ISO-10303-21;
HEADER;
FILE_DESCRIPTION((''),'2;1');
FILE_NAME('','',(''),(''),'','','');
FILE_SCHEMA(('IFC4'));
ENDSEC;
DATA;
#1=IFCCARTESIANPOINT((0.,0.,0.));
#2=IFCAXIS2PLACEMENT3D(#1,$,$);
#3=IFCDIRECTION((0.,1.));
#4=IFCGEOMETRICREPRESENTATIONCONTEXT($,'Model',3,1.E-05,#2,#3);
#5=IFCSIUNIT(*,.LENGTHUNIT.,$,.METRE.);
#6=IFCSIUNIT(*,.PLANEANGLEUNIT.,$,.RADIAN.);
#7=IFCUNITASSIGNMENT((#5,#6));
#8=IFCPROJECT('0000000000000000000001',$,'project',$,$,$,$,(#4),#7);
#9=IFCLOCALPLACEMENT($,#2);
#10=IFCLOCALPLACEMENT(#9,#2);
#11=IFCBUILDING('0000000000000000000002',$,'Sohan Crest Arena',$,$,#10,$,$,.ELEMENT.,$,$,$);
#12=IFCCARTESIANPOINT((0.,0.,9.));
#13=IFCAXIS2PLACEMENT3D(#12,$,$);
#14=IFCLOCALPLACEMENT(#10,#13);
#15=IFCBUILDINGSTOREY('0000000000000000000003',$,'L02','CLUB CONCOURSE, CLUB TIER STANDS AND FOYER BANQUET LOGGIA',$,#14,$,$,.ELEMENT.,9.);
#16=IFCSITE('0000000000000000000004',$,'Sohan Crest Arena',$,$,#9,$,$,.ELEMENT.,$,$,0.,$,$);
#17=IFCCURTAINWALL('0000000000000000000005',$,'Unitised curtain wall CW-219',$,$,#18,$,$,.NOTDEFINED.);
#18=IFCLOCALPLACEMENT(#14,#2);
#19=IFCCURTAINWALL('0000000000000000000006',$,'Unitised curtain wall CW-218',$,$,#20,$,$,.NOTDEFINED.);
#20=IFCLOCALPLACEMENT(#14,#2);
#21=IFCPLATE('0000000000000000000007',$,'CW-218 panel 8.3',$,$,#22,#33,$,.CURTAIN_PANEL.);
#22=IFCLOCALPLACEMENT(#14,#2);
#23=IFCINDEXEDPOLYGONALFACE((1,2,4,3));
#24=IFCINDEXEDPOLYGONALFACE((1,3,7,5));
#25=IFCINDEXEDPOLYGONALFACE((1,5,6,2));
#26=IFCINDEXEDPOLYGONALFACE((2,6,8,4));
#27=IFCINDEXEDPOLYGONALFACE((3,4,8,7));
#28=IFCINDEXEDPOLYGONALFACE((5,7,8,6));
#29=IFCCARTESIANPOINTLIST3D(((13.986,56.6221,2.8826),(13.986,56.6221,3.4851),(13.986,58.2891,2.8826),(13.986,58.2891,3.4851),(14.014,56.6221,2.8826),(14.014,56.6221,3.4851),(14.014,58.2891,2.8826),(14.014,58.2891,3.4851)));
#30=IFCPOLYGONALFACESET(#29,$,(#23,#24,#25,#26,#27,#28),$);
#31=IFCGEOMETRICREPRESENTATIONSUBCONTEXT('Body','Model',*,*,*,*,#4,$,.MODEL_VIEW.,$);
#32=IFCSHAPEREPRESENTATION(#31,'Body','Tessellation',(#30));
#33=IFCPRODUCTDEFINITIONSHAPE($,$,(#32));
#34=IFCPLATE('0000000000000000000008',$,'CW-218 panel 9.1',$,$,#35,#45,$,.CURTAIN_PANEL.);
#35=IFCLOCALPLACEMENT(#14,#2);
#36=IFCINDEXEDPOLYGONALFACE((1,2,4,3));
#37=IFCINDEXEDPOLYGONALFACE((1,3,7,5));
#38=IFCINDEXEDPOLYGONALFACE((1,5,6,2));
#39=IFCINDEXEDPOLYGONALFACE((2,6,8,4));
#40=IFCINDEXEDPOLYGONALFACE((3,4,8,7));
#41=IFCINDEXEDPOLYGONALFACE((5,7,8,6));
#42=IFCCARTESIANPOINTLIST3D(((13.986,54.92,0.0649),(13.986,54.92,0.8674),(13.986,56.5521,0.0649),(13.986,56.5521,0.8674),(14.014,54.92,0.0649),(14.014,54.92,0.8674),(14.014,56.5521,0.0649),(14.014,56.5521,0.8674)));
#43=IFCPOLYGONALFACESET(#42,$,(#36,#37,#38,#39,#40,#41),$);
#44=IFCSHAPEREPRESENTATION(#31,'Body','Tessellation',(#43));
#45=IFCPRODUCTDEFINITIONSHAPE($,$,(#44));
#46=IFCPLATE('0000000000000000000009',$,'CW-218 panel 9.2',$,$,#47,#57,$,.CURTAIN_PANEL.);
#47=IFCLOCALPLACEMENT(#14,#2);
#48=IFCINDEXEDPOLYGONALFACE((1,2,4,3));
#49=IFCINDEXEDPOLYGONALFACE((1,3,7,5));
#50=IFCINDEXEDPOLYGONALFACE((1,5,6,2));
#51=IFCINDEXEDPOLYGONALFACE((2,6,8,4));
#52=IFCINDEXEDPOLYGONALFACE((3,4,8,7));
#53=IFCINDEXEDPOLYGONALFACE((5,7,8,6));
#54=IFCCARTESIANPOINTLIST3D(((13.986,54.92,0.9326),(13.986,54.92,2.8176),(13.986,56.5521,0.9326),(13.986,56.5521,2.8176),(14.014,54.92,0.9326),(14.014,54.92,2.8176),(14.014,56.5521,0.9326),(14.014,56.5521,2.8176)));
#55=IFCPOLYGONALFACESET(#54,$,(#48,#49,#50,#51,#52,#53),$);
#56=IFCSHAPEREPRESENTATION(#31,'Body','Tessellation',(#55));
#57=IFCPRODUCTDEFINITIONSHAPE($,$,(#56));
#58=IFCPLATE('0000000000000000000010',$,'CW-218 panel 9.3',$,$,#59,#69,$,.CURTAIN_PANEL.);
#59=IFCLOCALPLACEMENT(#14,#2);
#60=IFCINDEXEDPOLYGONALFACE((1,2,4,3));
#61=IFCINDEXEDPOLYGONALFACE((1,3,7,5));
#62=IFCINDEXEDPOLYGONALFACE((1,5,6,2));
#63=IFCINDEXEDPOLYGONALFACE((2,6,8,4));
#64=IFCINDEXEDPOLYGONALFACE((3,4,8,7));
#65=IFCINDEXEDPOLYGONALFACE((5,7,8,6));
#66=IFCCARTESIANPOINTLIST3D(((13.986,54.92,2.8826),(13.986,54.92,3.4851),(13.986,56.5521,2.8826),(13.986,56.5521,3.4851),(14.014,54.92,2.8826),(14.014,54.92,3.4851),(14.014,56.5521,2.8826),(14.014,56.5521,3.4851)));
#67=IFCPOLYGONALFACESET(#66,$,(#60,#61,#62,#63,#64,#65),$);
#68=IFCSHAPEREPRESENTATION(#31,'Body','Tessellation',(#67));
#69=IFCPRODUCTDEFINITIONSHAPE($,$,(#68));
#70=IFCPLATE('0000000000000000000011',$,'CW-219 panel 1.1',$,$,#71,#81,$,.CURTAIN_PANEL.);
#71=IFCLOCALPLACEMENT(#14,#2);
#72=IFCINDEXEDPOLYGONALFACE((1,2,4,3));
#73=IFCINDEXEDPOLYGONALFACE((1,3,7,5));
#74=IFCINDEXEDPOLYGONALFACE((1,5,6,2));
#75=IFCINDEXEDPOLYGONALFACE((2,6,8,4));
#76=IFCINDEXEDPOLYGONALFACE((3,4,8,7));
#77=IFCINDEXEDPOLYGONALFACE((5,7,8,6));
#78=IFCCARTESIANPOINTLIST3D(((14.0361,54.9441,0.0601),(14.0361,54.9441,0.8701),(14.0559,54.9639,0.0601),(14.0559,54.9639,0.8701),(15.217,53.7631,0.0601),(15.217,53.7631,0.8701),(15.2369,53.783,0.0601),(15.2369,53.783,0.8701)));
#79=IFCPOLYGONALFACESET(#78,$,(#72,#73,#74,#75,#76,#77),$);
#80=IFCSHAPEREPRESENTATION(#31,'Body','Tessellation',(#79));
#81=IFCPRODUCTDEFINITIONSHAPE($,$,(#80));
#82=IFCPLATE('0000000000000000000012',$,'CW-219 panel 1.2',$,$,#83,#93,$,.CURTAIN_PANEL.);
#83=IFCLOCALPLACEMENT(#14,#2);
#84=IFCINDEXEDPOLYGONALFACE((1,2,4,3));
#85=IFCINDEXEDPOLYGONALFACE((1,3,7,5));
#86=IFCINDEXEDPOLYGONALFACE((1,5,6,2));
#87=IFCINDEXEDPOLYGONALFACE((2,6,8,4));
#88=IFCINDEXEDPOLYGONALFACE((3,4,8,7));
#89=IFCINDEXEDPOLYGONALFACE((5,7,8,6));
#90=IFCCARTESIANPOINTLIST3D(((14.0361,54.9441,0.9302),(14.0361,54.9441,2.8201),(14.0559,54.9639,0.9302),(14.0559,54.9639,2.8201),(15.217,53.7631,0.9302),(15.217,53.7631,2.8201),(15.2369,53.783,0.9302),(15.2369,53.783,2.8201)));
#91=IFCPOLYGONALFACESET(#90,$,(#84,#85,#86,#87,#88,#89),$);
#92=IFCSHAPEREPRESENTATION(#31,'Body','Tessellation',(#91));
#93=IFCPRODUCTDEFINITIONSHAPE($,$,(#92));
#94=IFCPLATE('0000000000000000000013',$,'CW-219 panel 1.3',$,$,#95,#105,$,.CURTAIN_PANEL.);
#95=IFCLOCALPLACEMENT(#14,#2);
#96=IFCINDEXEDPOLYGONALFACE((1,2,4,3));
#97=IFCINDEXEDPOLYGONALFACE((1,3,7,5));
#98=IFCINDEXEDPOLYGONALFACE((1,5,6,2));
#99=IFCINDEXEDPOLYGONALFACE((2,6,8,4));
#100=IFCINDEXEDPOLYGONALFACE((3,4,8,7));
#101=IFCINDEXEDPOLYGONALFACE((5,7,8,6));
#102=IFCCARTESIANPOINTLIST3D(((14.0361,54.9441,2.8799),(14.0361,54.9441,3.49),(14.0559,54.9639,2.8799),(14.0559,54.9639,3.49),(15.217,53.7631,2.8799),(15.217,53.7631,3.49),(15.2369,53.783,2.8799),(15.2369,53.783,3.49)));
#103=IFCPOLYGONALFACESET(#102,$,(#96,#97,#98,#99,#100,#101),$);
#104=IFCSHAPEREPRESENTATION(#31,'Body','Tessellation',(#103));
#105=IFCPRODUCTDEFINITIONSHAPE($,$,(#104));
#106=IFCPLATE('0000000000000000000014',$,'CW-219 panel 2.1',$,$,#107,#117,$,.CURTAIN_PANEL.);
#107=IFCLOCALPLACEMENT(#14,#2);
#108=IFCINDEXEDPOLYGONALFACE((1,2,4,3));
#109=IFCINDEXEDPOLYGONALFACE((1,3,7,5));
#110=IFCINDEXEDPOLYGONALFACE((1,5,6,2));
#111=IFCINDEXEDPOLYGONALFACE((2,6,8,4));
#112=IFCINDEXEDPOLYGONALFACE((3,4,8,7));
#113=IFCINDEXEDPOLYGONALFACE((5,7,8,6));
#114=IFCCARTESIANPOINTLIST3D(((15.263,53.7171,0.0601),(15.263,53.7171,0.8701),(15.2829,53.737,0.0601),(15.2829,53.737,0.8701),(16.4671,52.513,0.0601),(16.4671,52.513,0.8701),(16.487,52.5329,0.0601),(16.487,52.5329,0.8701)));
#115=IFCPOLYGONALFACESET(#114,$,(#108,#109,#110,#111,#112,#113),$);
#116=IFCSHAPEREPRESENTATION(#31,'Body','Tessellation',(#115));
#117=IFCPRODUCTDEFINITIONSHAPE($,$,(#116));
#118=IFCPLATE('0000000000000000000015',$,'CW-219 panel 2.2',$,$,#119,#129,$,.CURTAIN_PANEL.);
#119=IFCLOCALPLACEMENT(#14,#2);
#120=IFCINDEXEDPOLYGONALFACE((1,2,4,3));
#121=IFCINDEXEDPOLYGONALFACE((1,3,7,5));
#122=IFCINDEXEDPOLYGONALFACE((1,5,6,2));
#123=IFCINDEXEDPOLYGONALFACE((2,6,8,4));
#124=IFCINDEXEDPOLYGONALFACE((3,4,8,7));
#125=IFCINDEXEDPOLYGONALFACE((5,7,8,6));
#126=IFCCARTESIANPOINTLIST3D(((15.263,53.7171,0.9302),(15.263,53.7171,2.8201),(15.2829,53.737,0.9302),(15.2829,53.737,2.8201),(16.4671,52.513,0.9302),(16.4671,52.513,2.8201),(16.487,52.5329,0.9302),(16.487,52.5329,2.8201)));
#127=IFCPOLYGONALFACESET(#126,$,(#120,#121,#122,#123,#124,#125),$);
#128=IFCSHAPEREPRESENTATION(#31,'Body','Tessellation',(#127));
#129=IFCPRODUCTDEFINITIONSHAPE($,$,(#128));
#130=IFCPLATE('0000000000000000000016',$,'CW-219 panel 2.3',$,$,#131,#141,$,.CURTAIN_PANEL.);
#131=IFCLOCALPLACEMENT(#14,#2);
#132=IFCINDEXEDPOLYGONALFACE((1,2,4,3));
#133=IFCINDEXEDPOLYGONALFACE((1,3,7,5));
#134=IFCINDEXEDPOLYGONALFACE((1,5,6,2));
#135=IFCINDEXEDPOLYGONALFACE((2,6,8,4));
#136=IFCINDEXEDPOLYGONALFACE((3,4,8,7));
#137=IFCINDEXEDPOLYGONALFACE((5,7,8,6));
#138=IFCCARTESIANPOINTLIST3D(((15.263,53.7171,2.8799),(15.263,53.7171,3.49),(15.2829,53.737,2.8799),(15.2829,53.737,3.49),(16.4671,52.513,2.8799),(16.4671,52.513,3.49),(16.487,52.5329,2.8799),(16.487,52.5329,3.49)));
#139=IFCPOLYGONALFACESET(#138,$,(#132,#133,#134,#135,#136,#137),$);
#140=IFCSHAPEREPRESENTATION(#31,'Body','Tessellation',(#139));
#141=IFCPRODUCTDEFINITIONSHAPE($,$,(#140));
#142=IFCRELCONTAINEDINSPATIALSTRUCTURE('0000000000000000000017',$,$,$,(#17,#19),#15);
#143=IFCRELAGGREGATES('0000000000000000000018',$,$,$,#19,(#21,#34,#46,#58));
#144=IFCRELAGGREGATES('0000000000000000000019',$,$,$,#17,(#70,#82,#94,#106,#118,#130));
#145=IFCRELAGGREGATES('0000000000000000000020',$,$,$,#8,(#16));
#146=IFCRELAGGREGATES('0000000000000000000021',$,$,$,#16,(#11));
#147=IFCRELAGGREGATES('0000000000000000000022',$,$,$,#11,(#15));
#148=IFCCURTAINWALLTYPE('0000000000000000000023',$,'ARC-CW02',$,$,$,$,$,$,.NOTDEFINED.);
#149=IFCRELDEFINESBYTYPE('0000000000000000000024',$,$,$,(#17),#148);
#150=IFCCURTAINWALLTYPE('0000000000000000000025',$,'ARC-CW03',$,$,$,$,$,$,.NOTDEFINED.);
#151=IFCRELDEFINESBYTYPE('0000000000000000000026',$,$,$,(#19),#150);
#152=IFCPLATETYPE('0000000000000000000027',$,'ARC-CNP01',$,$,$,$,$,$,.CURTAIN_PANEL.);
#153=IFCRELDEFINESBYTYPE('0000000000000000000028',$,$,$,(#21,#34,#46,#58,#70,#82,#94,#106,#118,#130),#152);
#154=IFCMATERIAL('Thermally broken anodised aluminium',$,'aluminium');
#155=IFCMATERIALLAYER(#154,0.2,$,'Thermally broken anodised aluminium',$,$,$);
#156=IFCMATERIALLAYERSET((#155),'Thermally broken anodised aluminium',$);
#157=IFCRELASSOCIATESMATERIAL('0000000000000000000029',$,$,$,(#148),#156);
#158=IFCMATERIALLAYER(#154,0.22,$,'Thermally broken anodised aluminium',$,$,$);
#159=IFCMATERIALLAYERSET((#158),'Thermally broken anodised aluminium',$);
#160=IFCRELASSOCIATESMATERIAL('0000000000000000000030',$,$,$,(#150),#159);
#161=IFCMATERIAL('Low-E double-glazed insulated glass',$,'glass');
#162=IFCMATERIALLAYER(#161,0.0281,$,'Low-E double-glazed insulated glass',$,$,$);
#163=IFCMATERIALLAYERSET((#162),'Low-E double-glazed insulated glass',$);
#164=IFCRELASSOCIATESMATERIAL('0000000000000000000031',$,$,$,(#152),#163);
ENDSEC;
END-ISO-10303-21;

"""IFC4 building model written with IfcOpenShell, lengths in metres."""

from ifc_helpers import new_model, si_unit, direction, frame, origin, origin_2d, place, context, subcontext, project, spatial, rectangle, extrude, material, layer, layer_set, type_object, element, aggregate, save


model = new_model("IFC4")

# Units and contexts
model_context = context("Model", 3, precision=1e-05, world=origin(), true_north=direction((0.0, 1.0)))
body_context = subcontext(model_context, "Body", "Model", "MODEL_VIEW")
ifc_project = project(units=[si_unit("LENGTHUNIT", "METRE"), si_unit("PLANEANGLEUNIT", "RADIAN")], contexts=[model_context])

# Site, building, storey
site_placement = place(None, origin())
site = spatial("IfcSite", under=ifc_project, at=site_placement, Name="Sohan Crest Arena", CompositionType="ELEMENT", RefElevation=0.0)
building_placement = place(site_placement, origin())
building = spatial("IfcBuilding", under=site, at=building_placement, Name="Sohan Crest Arena", CompositionType="ELEMENT")
storey_placement = place(building_placement, frame((0.0, 0.0, 9.0)))
storey = spatial("IfcBuildingStorey", under=building, at=storey_placement, Name="L02", Description="CLUB CONCOURSE, CLUB TIER STANDS AND FOYER BANQUET LOGGIA", CompositionType="ELEMENT", Elevation=9.0)

# Curtain walls
ifc_material_1 = material(Name="Thermally broken anodised aluminium", Category="aluminium")
ifc_layer_1 = layer(ifc_material_1, 0.2, Name="Thermally broken anodised aluminium")
ifc_layer_set_1 = layer_set([ifc_layer_1], Name="Thermally broken anodised aluminium")
curtain_wall_type_1 = type_object("IfcCurtainWallType", Name="ARC-CW02", PredefinedType="NOTDEFINED", material=ifc_layer_set_1)
curtain_wall_1_placement = place(storey_placement, origin())
curtain_wall_1 = element("IfcCurtainWall", 1, at=curtain_wall_1_placement, inside=storey, type_object=curtain_wall_type_1, Name="Unitised curtain wall CW-219", PredefinedType="NOTDEFINED")
ifc_layer_2 = layer(ifc_material_1, 0.22, Name="Thermally broken anodised aluminium")
ifc_layer_set_2 = layer_set([ifc_layer_2], Name="Thermally broken anodised aluminium")
curtain_wall_type_2 = type_object("IfcCurtainWallType", Name="ARC-CW03", PredefinedType="NOTDEFINED", material=ifc_layer_set_2)
curtain_wall_2_placement = place(storey_placement, origin())
curtain_wall_2 = element("IfcCurtainWall", 2, at=curtain_wall_2_placement, inside=storey, type_object=curtain_wall_type_2, Name="Unitised curtain wall CW-218", PredefinedType="NOTDEFINED")

# Plates
ifc_material_2 = material(Name="Low-E double-glazed insulated glass", Category="glass")
ifc_layer_3 = layer(ifc_material_2, 0.0281, Name="Low-E double-glazed insulated glass")
ifc_layer_set_3 = layer_set([ifc_layer_3], Name="Low-E double-glazed insulated glass")
plate_type = type_object("IfcPlateType", Name="ARC-CNP01", PredefinedType="CURTAIN_PANEL", material=ifc_layer_set_3)
plate_1_placement = place(storey_placement, frame((14.0, 57.4556, 2.8826), z_axis=(0.0, 0.0, 1.0), x_axis=(0.0, -1.0, 0.0)))
plate_1 = element("IfcPlate", 3, at=plate_1_placement, type_object=plate_type, Name="CW-218 panel 8.3", PredefinedType="CURTAIN_PANEL", context=body_context, shape_type="SweptSolid", body=[
    extrude(rectangle(XDim=1.667, YDim=0.0281, at=origin_2d()), origin(), (0.0, 0.0, 1.0), 0.6025),
])
plate_2_placement = place(storey_placement, frame((14.0, 55.7361, 0.0649), z_axis=(0.0, 0.0, 1.0), x_axis=(0.0, -1.0, 0.0)))
plate_2 = element("IfcPlate", 4, at=plate_2_placement, type_object=plate_type, Name="CW-218 panel 9.1", PredefinedType="CURTAIN_PANEL", context=body_context, shape_type="SweptSolid", body=[
    extrude(rectangle(XDim=1.6321, YDim=0.0281, at=origin_2d()), origin(), (0.0, 0.0, 1.0), 0.8025),
])
plate_3_placement = place(storey_placement, frame((14.0, 55.7361, 0.9326), z_axis=(0.0, 0.0, 1.0), x_axis=(0.0, -1.0, 0.0)))
plate_3 = element("IfcPlate", 5, at=plate_3_placement, type_object=plate_type, Name="CW-218 panel 9.2", PredefinedType="CURTAIN_PANEL", context=body_context, shape_type="SweptSolid", body=[
    extrude(rectangle(XDim=1.6321, YDim=0.0281, at=origin_2d()), origin(), (0.0, 0.0, 1.0), 1.885),
])
plate_4_placement = place(storey_placement, frame((14.0, 55.7361, 2.8826), z_axis=(0.0, 0.0, 1.0), x_axis=(0.0, -1.0, 0.0)))
plate_4 = element("IfcPlate", 6, at=plate_4_placement, type_object=plate_type, Name="CW-218 panel 9.3", PredefinedType="CURTAIN_PANEL", context=body_context, shape_type="SweptSolid", body=[
    extrude(rectangle(XDim=1.6321, YDim=0.0281, at=origin_2d()), origin(), (0.0, 0.0, 1.0), 0.6025),
])
aggregate(curtain_wall_2, [plate_1, plate_2, plate_3, plate_4])
plate_5_placement = place(storey_placement, frame((14.6365, 54.3635, 0.0601), z_axis=(0.0, 0.0, 1.0), x_axis=(0.707107, -0.707107, 0.0)))
plate_5 = element("IfcPlate", 7, at=plate_5_placement, type_object=plate_type, Name="CW-219 panel 1.1", PredefinedType="CURTAIN_PANEL", context=body_context, shape_type="SweptSolid", body=[
    extrude(rectangle(XDim=1.6702, YDim=0.0281, at=origin_2d()), origin(), (0.0, 0.0, 1.0), 0.8101),
])
plate_6_placement = place(storey_placement, frame((14.6365, 54.3635, 0.9302), z_axis=(0.0, 0.0, 1.0), x_axis=(0.707107, -0.707107, 0.0)))
plate_6 = element("IfcPlate", 8, at=plate_6_placement, type_object=plate_type, Name="CW-219 panel 1.2", PredefinedType="CURTAIN_PANEL", context=body_context, shape_type="SweptSolid", body=[
    extrude(rectangle(XDim=1.6702, YDim=0.0281, at=origin_2d()), origin(), (0.0, 0.0, 1.0), 1.8899),
])
plate_7_placement = place(storey_placement, frame((14.6365, 54.3635, 2.8799), z_axis=(0.0, 0.0, 1.0), x_axis=(0.707107, -0.707107, 0.0)))
plate_7 = element("IfcPlate", 9, at=plate_7_placement, type_object=plate_type, Name="CW-219 panel 1.3", PredefinedType="CURTAIN_PANEL", context=body_context, shape_type="SweptSolid", body=[
    extrude(rectangle(XDim=1.6702, YDim=0.0281, at=origin_2d()), origin(), (0.0, 0.0, 1.0), 0.6101),
])
plate_8_placement = place(storey_placement, frame((15.875, 53.125, 0.0601), z_axis=(0.0, 0.0, 1.0), x_axis=(0.707107, -0.707107, 0.0)))
plate_8 = element("IfcPlate", 10, at=plate_8_placement, type_object=plate_type, Name="CW-219 panel 2.1", PredefinedType="CURTAIN_PANEL", context=body_context, shape_type="SweptSolid", body=[
    extrude(rectangle(XDim=1.7029, YDim=0.0281, at=origin_2d()), origin(), (0.0, 0.0, 1.0), 0.8101),
])
plate_9_placement = place(storey_placement, frame((15.875, 53.125, 0.9302), z_axis=(0.0, 0.0, 1.0), x_axis=(0.707107, -0.707107, 0.0)))
plate_9 = element("IfcPlate", 11, at=plate_9_placement, type_object=plate_type, Name="CW-219 panel 2.2", PredefinedType="CURTAIN_PANEL", context=body_context, shape_type="SweptSolid", body=[
    extrude(rectangle(XDim=1.7029, YDim=0.0281, at=origin_2d()), origin(), (0.0, 0.0, 1.0), 1.8899),
])
plate_10_placement = place(storey_placement, frame((15.875, 53.125, 2.8799), z_axis=(0.0, 0.0, 1.0), x_axis=(0.707107, -0.707107, 0.0)))
plate_10 = element("IfcPlate", 12, at=plate_10_placement, type_object=plate_type, Name="CW-219 panel 2.3", PredefinedType="CURTAIN_PANEL", context=body_context, shape_type="SweptSolid", body=[
    extrude(rectangle(XDim=1.7029, YDim=0.0281, at=origin_2d()), origin(), (0.0, 0.0, 1.0), 0.6101),
])
aggregate(curtain_wall_1, [plate_5, plate_6, plate_7, plate_8, plate_9, plate_10])

save(model, "model.ifc")
